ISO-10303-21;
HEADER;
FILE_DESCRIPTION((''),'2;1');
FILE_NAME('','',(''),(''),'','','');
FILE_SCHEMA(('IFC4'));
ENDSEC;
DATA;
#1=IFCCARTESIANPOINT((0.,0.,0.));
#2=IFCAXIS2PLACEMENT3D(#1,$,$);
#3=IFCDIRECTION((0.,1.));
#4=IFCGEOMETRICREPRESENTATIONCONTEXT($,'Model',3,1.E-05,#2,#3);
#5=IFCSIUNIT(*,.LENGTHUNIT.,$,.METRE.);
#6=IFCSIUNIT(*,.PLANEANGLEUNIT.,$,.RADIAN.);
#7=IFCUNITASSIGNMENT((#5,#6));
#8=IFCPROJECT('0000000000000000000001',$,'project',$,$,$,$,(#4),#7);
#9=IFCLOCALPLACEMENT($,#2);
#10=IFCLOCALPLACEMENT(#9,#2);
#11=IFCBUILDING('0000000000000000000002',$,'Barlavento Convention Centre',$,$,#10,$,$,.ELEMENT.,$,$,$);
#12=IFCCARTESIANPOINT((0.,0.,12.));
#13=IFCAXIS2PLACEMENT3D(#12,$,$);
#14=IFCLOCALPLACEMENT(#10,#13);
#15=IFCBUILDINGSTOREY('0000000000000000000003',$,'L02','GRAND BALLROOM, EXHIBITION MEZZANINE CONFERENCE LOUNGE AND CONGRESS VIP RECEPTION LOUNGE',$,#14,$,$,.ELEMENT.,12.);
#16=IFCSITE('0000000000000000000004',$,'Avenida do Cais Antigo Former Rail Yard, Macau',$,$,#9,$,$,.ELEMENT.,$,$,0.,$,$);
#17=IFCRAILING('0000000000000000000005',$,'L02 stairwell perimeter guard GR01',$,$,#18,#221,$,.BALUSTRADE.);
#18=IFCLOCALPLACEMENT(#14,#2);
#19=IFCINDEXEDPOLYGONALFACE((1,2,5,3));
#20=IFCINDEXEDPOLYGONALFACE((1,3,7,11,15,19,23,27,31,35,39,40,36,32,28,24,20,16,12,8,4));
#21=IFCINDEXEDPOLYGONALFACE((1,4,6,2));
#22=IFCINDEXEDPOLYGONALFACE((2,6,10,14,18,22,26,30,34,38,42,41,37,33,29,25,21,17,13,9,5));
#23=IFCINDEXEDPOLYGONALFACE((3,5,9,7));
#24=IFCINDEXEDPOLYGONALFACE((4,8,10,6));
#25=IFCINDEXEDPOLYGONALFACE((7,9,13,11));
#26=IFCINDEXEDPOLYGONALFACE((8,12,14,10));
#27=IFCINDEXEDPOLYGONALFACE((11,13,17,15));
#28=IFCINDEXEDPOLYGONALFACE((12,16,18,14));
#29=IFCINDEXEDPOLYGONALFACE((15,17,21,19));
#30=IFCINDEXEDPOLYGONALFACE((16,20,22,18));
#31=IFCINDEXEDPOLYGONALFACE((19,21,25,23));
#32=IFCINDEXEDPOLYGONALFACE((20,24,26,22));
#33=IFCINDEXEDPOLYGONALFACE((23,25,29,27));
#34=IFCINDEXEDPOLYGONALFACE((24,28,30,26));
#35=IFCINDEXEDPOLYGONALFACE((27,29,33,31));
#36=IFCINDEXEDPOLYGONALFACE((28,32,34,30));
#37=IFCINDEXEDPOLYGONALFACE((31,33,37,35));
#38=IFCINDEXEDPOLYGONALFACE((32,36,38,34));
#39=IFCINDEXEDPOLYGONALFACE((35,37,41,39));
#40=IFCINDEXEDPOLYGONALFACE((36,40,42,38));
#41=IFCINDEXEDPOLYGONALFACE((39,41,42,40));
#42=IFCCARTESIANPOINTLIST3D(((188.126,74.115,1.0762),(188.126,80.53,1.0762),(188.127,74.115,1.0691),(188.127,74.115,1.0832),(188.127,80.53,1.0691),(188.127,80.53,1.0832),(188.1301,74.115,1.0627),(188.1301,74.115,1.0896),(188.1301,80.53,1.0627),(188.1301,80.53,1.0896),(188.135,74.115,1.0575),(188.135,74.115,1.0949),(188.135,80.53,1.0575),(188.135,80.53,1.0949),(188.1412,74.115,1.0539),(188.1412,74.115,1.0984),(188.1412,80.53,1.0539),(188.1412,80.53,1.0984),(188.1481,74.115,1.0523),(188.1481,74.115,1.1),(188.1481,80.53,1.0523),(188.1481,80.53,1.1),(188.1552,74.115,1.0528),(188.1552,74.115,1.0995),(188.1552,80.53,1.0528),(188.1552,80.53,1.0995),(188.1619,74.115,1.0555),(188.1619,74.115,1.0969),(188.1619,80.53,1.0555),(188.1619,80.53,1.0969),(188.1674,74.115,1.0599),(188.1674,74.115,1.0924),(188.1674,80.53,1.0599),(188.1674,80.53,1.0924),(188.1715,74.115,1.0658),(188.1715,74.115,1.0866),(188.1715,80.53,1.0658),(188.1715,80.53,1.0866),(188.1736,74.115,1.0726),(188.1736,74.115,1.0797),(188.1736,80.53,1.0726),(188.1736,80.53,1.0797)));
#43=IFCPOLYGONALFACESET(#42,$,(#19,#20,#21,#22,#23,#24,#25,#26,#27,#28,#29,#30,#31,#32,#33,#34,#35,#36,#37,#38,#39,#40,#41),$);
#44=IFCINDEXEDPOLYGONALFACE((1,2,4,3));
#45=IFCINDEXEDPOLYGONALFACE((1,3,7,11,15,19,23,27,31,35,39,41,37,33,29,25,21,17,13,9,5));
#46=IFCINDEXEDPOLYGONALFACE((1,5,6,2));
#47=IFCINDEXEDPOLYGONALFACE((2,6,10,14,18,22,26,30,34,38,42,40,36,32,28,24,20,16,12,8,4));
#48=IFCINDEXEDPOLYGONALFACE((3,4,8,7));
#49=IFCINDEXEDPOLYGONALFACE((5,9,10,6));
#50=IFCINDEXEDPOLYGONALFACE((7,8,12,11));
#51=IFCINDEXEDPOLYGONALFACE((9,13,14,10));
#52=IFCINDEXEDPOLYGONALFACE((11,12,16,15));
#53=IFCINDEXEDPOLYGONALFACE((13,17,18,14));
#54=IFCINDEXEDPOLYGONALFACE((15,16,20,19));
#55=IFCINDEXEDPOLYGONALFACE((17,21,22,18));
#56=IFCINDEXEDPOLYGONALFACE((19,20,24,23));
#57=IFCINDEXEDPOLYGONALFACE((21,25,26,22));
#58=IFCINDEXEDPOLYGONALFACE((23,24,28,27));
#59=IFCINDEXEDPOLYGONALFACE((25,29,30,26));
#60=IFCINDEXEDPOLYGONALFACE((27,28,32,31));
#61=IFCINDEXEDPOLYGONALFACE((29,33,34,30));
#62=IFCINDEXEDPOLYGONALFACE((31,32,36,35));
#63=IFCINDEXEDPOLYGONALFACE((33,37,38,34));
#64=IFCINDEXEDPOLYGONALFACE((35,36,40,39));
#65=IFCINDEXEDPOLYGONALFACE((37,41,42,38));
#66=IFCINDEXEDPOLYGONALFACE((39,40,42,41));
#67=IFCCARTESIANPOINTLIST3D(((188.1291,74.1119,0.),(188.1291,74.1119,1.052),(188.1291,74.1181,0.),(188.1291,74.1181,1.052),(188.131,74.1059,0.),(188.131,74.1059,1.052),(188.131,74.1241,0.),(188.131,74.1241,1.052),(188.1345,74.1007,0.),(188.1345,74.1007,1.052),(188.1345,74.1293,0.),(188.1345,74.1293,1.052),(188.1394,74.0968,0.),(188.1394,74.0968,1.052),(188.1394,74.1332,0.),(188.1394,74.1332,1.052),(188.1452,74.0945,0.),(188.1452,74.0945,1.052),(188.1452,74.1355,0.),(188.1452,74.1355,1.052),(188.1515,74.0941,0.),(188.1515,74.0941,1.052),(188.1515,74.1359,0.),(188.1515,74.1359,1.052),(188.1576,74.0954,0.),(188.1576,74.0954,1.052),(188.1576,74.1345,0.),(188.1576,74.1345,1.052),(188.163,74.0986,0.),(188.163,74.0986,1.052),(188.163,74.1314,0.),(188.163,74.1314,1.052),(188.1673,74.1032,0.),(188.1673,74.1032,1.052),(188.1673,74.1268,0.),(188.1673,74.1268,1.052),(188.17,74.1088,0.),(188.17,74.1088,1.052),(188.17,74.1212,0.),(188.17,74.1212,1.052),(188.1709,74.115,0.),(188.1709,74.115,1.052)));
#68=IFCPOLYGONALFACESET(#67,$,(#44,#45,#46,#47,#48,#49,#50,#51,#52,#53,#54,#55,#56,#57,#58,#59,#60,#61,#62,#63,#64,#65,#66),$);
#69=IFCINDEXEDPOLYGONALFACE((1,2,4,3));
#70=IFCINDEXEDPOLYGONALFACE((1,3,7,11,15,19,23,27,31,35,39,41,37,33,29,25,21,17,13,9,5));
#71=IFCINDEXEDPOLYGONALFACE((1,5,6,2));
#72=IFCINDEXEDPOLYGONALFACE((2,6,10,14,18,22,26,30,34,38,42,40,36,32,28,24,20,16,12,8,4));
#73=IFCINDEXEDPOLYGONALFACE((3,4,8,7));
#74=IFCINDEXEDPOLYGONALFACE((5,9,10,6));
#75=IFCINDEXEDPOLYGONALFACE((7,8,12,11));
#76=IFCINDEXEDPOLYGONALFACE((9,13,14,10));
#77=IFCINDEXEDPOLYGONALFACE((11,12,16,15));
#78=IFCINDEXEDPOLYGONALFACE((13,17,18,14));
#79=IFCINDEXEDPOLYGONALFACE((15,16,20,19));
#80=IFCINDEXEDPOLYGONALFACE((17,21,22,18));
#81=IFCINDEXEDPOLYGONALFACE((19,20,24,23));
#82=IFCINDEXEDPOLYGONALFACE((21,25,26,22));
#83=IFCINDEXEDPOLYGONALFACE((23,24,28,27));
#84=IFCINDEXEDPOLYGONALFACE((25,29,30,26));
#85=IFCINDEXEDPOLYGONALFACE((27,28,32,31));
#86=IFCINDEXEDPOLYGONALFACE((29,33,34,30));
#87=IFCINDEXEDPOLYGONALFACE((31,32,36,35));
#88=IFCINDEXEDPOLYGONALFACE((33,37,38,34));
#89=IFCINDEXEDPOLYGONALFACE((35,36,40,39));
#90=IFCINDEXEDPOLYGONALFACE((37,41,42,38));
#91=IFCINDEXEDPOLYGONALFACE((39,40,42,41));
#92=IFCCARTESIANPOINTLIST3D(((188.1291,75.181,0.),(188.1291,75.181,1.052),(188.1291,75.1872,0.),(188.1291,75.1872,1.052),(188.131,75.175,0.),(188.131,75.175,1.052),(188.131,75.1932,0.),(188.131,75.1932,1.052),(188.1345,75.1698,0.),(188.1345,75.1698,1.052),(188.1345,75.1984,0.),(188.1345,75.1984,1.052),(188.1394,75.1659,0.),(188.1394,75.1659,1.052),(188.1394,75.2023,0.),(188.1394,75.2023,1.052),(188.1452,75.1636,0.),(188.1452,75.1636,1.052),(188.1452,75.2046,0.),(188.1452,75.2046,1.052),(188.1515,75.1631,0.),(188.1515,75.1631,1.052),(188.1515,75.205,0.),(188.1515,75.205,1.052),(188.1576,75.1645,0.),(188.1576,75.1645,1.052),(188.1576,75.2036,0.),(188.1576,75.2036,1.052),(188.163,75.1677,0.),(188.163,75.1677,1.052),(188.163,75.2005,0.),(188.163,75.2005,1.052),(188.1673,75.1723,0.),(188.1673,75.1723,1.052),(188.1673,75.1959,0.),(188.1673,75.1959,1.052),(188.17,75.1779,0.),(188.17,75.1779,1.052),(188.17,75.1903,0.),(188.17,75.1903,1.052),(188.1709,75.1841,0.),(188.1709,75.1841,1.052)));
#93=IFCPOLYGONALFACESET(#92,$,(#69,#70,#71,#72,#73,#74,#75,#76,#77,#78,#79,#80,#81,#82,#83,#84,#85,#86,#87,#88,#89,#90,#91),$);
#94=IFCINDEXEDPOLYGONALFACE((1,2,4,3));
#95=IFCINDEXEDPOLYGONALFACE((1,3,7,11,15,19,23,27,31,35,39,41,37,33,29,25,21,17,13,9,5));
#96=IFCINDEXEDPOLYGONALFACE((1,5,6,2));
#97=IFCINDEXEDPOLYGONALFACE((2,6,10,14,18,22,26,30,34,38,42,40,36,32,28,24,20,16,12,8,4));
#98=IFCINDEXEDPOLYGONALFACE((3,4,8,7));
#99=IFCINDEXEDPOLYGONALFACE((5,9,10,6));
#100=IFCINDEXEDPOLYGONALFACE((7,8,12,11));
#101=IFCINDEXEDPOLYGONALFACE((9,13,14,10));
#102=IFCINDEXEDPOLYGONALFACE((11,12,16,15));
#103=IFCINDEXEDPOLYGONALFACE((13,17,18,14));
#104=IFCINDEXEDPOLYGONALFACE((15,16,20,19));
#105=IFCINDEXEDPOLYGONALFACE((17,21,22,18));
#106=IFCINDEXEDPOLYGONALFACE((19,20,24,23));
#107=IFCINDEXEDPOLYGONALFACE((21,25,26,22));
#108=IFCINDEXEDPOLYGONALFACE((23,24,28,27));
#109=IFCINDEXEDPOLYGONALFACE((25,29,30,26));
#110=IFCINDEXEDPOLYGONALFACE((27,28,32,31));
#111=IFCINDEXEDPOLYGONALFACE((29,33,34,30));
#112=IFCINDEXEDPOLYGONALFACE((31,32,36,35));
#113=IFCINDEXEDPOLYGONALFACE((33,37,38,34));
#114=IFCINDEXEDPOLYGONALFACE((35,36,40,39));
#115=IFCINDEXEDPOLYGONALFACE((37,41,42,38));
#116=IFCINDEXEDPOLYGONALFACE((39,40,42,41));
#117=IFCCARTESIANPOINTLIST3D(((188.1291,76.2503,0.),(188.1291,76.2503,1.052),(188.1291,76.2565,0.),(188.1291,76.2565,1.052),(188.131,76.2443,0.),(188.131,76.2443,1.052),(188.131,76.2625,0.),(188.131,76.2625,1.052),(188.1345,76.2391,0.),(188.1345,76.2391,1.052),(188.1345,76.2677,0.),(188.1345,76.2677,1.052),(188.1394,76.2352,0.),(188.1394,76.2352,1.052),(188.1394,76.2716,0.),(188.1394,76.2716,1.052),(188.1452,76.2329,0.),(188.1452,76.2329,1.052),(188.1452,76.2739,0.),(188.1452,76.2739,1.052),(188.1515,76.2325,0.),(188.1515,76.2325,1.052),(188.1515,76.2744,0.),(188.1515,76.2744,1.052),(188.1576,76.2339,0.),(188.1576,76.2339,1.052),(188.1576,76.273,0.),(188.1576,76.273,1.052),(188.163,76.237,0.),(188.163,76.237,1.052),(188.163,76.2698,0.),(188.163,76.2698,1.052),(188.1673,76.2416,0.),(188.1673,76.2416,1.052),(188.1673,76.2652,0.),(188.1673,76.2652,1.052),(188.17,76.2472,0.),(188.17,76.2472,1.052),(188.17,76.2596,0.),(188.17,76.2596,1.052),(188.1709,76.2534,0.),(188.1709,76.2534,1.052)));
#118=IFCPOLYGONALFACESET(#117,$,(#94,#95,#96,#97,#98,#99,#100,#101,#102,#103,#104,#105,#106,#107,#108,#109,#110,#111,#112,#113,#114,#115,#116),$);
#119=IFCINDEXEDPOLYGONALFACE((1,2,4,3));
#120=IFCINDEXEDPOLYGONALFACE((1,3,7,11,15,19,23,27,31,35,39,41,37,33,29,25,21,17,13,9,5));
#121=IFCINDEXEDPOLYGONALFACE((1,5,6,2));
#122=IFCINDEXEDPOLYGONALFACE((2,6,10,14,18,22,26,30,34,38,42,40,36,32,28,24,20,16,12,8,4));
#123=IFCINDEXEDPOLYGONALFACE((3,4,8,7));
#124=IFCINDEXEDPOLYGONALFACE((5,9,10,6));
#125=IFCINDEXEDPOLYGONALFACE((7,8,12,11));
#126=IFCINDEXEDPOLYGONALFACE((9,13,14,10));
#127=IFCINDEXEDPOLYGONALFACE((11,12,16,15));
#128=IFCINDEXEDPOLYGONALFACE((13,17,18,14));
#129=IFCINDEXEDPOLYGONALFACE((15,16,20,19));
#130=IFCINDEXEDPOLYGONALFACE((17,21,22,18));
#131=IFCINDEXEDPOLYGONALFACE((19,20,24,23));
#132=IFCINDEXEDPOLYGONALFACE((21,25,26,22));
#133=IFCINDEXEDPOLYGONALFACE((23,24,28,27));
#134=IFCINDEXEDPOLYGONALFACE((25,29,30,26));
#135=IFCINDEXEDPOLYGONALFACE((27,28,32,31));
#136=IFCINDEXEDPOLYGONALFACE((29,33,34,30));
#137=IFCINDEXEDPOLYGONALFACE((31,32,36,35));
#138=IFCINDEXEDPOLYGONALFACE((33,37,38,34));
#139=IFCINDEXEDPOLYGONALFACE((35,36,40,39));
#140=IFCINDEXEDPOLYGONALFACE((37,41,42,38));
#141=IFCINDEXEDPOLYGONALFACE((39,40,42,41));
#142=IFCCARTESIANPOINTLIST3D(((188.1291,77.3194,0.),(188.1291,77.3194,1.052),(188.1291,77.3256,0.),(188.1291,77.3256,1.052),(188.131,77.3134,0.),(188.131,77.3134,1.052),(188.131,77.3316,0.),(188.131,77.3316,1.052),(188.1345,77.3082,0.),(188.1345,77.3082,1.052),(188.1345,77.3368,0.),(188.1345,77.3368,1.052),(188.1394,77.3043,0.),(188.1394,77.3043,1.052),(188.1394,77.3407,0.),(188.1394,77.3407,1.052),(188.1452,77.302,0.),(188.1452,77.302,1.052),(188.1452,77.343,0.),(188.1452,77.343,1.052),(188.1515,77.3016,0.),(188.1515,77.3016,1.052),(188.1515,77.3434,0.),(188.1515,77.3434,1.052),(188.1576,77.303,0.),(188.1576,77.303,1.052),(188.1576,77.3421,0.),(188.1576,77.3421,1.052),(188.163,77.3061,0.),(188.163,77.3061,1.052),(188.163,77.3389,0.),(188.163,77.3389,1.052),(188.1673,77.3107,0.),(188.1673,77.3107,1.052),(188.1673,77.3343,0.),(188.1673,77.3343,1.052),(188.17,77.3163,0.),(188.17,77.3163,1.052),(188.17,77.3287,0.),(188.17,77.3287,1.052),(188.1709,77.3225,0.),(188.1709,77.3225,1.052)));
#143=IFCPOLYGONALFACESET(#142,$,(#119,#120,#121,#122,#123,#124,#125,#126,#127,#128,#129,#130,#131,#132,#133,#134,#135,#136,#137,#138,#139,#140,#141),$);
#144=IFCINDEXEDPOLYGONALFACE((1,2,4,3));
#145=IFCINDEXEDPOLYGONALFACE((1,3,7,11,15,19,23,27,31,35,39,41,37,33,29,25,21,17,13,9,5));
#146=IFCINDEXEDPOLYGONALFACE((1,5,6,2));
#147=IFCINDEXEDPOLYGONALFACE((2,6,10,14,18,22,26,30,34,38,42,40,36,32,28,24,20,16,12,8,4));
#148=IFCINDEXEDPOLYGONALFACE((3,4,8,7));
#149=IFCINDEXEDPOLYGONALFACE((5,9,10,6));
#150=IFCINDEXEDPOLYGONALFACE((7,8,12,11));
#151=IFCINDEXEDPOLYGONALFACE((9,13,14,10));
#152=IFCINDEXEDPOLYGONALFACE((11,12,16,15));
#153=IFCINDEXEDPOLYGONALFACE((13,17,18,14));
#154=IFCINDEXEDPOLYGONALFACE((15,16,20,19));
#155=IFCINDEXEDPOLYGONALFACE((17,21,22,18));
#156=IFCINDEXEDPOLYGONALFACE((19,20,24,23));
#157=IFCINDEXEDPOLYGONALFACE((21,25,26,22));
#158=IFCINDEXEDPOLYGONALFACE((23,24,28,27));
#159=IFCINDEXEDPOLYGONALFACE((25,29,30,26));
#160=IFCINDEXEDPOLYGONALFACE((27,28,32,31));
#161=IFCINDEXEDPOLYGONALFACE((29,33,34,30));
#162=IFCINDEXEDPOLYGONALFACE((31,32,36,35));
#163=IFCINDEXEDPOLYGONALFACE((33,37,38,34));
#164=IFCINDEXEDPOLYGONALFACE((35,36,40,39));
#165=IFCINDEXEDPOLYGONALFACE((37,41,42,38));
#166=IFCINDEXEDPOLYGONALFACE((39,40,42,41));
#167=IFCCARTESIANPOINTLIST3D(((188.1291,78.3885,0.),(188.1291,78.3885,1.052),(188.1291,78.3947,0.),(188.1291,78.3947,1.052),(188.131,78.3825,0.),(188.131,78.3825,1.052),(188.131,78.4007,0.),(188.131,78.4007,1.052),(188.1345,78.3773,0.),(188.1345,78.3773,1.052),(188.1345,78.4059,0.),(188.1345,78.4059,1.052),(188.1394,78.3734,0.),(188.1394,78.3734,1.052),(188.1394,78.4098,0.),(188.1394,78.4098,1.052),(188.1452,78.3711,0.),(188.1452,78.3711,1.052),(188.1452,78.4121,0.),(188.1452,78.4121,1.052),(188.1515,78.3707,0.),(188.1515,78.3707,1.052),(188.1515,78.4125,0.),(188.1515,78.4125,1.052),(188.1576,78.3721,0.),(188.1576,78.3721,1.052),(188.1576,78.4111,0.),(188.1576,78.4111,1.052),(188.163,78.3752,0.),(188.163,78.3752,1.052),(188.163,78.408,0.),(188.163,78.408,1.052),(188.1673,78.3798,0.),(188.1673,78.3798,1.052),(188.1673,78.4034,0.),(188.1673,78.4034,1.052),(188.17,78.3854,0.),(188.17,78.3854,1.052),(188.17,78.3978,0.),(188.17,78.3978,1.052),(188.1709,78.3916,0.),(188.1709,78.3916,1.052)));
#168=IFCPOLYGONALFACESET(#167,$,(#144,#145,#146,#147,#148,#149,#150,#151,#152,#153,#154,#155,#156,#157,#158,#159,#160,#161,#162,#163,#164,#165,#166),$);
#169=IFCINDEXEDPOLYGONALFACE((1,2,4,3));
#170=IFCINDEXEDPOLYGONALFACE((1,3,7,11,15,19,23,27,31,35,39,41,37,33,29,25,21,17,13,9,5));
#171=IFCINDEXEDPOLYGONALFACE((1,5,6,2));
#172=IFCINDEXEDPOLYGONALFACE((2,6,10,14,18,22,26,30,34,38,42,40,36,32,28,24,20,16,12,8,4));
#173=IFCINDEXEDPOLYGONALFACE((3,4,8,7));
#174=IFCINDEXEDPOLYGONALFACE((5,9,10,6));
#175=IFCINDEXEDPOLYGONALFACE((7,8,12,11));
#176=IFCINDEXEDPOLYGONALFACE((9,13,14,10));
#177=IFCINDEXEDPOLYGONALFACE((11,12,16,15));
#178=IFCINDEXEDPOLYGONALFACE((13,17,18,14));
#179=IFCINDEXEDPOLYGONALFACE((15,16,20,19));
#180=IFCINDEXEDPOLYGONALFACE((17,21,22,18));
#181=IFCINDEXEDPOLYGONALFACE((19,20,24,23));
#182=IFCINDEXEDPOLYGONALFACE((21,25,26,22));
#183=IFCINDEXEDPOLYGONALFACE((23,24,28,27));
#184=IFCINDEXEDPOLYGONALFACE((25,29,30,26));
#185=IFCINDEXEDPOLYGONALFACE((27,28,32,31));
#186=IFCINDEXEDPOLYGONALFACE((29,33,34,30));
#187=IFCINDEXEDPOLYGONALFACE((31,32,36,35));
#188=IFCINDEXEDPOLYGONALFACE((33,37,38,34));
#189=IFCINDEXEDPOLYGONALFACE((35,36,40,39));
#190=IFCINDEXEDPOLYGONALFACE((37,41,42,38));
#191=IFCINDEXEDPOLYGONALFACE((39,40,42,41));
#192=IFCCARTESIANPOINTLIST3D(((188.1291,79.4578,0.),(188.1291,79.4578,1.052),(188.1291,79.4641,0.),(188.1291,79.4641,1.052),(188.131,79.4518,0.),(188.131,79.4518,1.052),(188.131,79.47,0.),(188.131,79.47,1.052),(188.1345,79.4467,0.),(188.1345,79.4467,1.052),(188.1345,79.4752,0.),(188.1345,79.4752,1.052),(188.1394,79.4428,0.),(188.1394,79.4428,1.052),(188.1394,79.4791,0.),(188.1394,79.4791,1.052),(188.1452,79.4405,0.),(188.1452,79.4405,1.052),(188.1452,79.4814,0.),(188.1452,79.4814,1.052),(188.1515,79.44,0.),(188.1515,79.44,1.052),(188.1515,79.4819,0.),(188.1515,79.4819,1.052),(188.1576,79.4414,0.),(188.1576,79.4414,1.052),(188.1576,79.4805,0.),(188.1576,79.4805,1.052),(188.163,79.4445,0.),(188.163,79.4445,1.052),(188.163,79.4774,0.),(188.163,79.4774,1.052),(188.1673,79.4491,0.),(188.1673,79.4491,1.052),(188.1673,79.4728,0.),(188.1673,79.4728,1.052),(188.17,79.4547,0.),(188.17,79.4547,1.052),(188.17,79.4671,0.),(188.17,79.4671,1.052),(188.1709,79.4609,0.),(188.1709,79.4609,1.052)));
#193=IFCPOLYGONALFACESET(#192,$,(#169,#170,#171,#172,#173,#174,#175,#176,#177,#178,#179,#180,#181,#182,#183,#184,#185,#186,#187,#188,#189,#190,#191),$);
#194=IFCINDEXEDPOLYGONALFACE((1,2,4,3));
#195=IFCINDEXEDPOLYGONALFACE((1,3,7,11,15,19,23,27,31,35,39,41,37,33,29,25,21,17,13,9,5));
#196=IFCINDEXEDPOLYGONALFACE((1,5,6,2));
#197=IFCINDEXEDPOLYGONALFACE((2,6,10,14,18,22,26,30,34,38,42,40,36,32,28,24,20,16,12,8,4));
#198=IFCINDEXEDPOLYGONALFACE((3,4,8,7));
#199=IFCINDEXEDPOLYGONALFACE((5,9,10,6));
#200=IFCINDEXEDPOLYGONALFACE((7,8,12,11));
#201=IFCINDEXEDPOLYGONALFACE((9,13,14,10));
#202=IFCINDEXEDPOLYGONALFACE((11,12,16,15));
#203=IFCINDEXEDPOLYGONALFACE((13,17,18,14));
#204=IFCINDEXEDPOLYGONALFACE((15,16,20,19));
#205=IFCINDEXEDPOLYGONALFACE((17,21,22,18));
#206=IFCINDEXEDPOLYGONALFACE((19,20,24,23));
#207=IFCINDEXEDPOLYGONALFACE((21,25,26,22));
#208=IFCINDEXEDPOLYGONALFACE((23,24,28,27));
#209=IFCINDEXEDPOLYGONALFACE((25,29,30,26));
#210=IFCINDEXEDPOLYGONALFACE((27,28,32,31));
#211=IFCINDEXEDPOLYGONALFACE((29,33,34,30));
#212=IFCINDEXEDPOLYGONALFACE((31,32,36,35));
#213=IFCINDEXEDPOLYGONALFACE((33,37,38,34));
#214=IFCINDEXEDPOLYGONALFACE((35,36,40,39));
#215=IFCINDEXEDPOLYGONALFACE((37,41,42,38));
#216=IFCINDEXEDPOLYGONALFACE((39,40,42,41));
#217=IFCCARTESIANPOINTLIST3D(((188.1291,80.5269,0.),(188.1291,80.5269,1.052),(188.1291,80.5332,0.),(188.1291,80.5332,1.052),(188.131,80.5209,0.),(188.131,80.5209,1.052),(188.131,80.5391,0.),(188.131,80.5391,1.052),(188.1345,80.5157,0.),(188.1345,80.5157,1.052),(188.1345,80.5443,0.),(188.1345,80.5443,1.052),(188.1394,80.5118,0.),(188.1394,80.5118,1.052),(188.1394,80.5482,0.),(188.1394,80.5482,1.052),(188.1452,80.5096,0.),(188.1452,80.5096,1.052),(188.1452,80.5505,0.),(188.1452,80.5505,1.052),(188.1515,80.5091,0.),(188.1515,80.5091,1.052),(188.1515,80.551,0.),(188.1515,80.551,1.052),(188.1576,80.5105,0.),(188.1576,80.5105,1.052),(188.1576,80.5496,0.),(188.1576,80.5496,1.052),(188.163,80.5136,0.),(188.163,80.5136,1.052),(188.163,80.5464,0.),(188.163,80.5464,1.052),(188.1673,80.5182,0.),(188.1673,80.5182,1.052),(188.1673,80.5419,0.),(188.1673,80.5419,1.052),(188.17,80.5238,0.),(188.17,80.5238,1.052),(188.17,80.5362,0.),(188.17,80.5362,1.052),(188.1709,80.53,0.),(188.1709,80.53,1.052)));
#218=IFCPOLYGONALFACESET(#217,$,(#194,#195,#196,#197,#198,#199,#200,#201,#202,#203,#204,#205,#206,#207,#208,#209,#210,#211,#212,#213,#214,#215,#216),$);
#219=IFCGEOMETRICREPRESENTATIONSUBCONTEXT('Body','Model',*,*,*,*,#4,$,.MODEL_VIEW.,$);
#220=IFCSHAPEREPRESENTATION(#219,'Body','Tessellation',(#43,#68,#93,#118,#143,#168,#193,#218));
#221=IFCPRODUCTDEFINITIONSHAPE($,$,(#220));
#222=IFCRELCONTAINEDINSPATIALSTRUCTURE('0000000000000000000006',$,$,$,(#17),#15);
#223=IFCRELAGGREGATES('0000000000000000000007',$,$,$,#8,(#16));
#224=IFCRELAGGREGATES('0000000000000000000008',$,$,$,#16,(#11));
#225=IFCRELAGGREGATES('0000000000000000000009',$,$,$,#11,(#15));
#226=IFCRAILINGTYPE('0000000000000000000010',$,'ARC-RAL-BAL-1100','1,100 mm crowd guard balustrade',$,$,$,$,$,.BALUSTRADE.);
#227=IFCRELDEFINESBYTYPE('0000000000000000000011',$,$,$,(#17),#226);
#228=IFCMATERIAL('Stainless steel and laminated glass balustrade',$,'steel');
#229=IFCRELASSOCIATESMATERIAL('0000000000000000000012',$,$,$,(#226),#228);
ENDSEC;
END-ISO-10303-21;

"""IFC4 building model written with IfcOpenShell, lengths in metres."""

from ifc_helpers import new_model, si_unit, direction, frame, origin, origin_2d, place, context, subcontext, project, spatial, circle, extrude, material, type_object, element, save


model = new_model("IFC4")

# Units and contexts
model_context = context("Model", 3, precision=1e-05, world=origin(), true_north=direction((0.0, 1.0)))
body_context = subcontext(model_context, "Body", "Model", "MODEL_VIEW")
ifc_project = project(units=[si_unit("LENGTHUNIT", "METRE"), si_unit("PLANEANGLEUNIT", "RADIAN")], contexts=[model_context])

# Site, building, storey
site_placement = place(None, origin())
site = spatial("IfcSite", under=ifc_project, at=site_placement, Name="Avenida do Cais Antigo Former Rail Yard, Macau", CompositionType="ELEMENT", RefElevation=0.0)
building_placement = place(site_placement, origin())
building = spatial("IfcBuilding", under=site, at=building_placement, Name="Barlavento Convention Centre", CompositionType="ELEMENT")
storey_placement = place(building_placement, frame((0.0, 0.0, 12.0)))
storey = spatial("IfcBuildingStorey", under=building, at=storey_placement, Name="L02", Description="GRAND BALLROOM, EXHIBITION MEZZANINE CONFERENCE LOUNGE AND CONGRESS VIP RECEPTION LOUNGE", CompositionType="ELEMENT", Elevation=12.0)

# Railing
ifc_material_1 = material(Name="Stainless steel and laminated glass balustrade", Category="steel")
railing_type_1 = type_object("IfcRailingType", Name="ARC-RAL-BAL-1100", Description="1,100 mm crowd guard balustrade", PredefinedType="BALUSTRADE", material=ifc_material_1)
railing_1_placement = place(storey_placement, frame((188.1499, 74.115, 0.0)))
element("IfcRailing", 1, at=railing_1_placement, inside=storey, type_object=railing_type_1, Name="L02 stairwell perimeter guard GR01", PredefinedType="BALUSTRADE", context=body_context, shape_type="SweptSolid", body=[
    extrude(circle(Radius=0.0239, at=origin_2d()), frame((0.0, 0.0, 1.0762), z_axis=(0.0, 1.0, 0.0), x_axis=(-1.0, 0.0, 0.0)), (0.0, 0.0, 1.0), 6.415),
    extrude(circle(Radius=0.021, at=origin_2d()), origin(), (0.0, 0.0, 1.0), 1.052),
    extrude(circle(Radius=0.021, at=origin_2d()), frame((0.0, 1.0691, 0.0)), (0.0, 0.0, 1.0), 1.052),
    extrude(circle(Radius=0.021, at=origin_2d()), frame((0.0, 2.1384, 0.0)), (0.0, 0.0, 1.0), 1.052),
    extrude(circle(Radius=0.021, at=origin_2d()), frame((0.0, 3.2075, 0.0)), (0.0, 0.0, 1.0), 1.052),
    extrude(circle(Radius=0.021, at=origin_2d()), frame((0.0, 4.2766, 0.0)), (0.0, 0.0, 1.0), 1.052),
    extrude(circle(Radius=0.021, at=origin_2d()), frame((0.0, 5.3459, 0.0)), (0.0, 0.0, 1.0), 1.052),
    extrude(circle(Radius=0.021, at=origin_2d()), frame((0.0, 6.415, 0.0)), (0.0, 0.0, 1.0), 1.052),
])

save(model, "model.ifc")
